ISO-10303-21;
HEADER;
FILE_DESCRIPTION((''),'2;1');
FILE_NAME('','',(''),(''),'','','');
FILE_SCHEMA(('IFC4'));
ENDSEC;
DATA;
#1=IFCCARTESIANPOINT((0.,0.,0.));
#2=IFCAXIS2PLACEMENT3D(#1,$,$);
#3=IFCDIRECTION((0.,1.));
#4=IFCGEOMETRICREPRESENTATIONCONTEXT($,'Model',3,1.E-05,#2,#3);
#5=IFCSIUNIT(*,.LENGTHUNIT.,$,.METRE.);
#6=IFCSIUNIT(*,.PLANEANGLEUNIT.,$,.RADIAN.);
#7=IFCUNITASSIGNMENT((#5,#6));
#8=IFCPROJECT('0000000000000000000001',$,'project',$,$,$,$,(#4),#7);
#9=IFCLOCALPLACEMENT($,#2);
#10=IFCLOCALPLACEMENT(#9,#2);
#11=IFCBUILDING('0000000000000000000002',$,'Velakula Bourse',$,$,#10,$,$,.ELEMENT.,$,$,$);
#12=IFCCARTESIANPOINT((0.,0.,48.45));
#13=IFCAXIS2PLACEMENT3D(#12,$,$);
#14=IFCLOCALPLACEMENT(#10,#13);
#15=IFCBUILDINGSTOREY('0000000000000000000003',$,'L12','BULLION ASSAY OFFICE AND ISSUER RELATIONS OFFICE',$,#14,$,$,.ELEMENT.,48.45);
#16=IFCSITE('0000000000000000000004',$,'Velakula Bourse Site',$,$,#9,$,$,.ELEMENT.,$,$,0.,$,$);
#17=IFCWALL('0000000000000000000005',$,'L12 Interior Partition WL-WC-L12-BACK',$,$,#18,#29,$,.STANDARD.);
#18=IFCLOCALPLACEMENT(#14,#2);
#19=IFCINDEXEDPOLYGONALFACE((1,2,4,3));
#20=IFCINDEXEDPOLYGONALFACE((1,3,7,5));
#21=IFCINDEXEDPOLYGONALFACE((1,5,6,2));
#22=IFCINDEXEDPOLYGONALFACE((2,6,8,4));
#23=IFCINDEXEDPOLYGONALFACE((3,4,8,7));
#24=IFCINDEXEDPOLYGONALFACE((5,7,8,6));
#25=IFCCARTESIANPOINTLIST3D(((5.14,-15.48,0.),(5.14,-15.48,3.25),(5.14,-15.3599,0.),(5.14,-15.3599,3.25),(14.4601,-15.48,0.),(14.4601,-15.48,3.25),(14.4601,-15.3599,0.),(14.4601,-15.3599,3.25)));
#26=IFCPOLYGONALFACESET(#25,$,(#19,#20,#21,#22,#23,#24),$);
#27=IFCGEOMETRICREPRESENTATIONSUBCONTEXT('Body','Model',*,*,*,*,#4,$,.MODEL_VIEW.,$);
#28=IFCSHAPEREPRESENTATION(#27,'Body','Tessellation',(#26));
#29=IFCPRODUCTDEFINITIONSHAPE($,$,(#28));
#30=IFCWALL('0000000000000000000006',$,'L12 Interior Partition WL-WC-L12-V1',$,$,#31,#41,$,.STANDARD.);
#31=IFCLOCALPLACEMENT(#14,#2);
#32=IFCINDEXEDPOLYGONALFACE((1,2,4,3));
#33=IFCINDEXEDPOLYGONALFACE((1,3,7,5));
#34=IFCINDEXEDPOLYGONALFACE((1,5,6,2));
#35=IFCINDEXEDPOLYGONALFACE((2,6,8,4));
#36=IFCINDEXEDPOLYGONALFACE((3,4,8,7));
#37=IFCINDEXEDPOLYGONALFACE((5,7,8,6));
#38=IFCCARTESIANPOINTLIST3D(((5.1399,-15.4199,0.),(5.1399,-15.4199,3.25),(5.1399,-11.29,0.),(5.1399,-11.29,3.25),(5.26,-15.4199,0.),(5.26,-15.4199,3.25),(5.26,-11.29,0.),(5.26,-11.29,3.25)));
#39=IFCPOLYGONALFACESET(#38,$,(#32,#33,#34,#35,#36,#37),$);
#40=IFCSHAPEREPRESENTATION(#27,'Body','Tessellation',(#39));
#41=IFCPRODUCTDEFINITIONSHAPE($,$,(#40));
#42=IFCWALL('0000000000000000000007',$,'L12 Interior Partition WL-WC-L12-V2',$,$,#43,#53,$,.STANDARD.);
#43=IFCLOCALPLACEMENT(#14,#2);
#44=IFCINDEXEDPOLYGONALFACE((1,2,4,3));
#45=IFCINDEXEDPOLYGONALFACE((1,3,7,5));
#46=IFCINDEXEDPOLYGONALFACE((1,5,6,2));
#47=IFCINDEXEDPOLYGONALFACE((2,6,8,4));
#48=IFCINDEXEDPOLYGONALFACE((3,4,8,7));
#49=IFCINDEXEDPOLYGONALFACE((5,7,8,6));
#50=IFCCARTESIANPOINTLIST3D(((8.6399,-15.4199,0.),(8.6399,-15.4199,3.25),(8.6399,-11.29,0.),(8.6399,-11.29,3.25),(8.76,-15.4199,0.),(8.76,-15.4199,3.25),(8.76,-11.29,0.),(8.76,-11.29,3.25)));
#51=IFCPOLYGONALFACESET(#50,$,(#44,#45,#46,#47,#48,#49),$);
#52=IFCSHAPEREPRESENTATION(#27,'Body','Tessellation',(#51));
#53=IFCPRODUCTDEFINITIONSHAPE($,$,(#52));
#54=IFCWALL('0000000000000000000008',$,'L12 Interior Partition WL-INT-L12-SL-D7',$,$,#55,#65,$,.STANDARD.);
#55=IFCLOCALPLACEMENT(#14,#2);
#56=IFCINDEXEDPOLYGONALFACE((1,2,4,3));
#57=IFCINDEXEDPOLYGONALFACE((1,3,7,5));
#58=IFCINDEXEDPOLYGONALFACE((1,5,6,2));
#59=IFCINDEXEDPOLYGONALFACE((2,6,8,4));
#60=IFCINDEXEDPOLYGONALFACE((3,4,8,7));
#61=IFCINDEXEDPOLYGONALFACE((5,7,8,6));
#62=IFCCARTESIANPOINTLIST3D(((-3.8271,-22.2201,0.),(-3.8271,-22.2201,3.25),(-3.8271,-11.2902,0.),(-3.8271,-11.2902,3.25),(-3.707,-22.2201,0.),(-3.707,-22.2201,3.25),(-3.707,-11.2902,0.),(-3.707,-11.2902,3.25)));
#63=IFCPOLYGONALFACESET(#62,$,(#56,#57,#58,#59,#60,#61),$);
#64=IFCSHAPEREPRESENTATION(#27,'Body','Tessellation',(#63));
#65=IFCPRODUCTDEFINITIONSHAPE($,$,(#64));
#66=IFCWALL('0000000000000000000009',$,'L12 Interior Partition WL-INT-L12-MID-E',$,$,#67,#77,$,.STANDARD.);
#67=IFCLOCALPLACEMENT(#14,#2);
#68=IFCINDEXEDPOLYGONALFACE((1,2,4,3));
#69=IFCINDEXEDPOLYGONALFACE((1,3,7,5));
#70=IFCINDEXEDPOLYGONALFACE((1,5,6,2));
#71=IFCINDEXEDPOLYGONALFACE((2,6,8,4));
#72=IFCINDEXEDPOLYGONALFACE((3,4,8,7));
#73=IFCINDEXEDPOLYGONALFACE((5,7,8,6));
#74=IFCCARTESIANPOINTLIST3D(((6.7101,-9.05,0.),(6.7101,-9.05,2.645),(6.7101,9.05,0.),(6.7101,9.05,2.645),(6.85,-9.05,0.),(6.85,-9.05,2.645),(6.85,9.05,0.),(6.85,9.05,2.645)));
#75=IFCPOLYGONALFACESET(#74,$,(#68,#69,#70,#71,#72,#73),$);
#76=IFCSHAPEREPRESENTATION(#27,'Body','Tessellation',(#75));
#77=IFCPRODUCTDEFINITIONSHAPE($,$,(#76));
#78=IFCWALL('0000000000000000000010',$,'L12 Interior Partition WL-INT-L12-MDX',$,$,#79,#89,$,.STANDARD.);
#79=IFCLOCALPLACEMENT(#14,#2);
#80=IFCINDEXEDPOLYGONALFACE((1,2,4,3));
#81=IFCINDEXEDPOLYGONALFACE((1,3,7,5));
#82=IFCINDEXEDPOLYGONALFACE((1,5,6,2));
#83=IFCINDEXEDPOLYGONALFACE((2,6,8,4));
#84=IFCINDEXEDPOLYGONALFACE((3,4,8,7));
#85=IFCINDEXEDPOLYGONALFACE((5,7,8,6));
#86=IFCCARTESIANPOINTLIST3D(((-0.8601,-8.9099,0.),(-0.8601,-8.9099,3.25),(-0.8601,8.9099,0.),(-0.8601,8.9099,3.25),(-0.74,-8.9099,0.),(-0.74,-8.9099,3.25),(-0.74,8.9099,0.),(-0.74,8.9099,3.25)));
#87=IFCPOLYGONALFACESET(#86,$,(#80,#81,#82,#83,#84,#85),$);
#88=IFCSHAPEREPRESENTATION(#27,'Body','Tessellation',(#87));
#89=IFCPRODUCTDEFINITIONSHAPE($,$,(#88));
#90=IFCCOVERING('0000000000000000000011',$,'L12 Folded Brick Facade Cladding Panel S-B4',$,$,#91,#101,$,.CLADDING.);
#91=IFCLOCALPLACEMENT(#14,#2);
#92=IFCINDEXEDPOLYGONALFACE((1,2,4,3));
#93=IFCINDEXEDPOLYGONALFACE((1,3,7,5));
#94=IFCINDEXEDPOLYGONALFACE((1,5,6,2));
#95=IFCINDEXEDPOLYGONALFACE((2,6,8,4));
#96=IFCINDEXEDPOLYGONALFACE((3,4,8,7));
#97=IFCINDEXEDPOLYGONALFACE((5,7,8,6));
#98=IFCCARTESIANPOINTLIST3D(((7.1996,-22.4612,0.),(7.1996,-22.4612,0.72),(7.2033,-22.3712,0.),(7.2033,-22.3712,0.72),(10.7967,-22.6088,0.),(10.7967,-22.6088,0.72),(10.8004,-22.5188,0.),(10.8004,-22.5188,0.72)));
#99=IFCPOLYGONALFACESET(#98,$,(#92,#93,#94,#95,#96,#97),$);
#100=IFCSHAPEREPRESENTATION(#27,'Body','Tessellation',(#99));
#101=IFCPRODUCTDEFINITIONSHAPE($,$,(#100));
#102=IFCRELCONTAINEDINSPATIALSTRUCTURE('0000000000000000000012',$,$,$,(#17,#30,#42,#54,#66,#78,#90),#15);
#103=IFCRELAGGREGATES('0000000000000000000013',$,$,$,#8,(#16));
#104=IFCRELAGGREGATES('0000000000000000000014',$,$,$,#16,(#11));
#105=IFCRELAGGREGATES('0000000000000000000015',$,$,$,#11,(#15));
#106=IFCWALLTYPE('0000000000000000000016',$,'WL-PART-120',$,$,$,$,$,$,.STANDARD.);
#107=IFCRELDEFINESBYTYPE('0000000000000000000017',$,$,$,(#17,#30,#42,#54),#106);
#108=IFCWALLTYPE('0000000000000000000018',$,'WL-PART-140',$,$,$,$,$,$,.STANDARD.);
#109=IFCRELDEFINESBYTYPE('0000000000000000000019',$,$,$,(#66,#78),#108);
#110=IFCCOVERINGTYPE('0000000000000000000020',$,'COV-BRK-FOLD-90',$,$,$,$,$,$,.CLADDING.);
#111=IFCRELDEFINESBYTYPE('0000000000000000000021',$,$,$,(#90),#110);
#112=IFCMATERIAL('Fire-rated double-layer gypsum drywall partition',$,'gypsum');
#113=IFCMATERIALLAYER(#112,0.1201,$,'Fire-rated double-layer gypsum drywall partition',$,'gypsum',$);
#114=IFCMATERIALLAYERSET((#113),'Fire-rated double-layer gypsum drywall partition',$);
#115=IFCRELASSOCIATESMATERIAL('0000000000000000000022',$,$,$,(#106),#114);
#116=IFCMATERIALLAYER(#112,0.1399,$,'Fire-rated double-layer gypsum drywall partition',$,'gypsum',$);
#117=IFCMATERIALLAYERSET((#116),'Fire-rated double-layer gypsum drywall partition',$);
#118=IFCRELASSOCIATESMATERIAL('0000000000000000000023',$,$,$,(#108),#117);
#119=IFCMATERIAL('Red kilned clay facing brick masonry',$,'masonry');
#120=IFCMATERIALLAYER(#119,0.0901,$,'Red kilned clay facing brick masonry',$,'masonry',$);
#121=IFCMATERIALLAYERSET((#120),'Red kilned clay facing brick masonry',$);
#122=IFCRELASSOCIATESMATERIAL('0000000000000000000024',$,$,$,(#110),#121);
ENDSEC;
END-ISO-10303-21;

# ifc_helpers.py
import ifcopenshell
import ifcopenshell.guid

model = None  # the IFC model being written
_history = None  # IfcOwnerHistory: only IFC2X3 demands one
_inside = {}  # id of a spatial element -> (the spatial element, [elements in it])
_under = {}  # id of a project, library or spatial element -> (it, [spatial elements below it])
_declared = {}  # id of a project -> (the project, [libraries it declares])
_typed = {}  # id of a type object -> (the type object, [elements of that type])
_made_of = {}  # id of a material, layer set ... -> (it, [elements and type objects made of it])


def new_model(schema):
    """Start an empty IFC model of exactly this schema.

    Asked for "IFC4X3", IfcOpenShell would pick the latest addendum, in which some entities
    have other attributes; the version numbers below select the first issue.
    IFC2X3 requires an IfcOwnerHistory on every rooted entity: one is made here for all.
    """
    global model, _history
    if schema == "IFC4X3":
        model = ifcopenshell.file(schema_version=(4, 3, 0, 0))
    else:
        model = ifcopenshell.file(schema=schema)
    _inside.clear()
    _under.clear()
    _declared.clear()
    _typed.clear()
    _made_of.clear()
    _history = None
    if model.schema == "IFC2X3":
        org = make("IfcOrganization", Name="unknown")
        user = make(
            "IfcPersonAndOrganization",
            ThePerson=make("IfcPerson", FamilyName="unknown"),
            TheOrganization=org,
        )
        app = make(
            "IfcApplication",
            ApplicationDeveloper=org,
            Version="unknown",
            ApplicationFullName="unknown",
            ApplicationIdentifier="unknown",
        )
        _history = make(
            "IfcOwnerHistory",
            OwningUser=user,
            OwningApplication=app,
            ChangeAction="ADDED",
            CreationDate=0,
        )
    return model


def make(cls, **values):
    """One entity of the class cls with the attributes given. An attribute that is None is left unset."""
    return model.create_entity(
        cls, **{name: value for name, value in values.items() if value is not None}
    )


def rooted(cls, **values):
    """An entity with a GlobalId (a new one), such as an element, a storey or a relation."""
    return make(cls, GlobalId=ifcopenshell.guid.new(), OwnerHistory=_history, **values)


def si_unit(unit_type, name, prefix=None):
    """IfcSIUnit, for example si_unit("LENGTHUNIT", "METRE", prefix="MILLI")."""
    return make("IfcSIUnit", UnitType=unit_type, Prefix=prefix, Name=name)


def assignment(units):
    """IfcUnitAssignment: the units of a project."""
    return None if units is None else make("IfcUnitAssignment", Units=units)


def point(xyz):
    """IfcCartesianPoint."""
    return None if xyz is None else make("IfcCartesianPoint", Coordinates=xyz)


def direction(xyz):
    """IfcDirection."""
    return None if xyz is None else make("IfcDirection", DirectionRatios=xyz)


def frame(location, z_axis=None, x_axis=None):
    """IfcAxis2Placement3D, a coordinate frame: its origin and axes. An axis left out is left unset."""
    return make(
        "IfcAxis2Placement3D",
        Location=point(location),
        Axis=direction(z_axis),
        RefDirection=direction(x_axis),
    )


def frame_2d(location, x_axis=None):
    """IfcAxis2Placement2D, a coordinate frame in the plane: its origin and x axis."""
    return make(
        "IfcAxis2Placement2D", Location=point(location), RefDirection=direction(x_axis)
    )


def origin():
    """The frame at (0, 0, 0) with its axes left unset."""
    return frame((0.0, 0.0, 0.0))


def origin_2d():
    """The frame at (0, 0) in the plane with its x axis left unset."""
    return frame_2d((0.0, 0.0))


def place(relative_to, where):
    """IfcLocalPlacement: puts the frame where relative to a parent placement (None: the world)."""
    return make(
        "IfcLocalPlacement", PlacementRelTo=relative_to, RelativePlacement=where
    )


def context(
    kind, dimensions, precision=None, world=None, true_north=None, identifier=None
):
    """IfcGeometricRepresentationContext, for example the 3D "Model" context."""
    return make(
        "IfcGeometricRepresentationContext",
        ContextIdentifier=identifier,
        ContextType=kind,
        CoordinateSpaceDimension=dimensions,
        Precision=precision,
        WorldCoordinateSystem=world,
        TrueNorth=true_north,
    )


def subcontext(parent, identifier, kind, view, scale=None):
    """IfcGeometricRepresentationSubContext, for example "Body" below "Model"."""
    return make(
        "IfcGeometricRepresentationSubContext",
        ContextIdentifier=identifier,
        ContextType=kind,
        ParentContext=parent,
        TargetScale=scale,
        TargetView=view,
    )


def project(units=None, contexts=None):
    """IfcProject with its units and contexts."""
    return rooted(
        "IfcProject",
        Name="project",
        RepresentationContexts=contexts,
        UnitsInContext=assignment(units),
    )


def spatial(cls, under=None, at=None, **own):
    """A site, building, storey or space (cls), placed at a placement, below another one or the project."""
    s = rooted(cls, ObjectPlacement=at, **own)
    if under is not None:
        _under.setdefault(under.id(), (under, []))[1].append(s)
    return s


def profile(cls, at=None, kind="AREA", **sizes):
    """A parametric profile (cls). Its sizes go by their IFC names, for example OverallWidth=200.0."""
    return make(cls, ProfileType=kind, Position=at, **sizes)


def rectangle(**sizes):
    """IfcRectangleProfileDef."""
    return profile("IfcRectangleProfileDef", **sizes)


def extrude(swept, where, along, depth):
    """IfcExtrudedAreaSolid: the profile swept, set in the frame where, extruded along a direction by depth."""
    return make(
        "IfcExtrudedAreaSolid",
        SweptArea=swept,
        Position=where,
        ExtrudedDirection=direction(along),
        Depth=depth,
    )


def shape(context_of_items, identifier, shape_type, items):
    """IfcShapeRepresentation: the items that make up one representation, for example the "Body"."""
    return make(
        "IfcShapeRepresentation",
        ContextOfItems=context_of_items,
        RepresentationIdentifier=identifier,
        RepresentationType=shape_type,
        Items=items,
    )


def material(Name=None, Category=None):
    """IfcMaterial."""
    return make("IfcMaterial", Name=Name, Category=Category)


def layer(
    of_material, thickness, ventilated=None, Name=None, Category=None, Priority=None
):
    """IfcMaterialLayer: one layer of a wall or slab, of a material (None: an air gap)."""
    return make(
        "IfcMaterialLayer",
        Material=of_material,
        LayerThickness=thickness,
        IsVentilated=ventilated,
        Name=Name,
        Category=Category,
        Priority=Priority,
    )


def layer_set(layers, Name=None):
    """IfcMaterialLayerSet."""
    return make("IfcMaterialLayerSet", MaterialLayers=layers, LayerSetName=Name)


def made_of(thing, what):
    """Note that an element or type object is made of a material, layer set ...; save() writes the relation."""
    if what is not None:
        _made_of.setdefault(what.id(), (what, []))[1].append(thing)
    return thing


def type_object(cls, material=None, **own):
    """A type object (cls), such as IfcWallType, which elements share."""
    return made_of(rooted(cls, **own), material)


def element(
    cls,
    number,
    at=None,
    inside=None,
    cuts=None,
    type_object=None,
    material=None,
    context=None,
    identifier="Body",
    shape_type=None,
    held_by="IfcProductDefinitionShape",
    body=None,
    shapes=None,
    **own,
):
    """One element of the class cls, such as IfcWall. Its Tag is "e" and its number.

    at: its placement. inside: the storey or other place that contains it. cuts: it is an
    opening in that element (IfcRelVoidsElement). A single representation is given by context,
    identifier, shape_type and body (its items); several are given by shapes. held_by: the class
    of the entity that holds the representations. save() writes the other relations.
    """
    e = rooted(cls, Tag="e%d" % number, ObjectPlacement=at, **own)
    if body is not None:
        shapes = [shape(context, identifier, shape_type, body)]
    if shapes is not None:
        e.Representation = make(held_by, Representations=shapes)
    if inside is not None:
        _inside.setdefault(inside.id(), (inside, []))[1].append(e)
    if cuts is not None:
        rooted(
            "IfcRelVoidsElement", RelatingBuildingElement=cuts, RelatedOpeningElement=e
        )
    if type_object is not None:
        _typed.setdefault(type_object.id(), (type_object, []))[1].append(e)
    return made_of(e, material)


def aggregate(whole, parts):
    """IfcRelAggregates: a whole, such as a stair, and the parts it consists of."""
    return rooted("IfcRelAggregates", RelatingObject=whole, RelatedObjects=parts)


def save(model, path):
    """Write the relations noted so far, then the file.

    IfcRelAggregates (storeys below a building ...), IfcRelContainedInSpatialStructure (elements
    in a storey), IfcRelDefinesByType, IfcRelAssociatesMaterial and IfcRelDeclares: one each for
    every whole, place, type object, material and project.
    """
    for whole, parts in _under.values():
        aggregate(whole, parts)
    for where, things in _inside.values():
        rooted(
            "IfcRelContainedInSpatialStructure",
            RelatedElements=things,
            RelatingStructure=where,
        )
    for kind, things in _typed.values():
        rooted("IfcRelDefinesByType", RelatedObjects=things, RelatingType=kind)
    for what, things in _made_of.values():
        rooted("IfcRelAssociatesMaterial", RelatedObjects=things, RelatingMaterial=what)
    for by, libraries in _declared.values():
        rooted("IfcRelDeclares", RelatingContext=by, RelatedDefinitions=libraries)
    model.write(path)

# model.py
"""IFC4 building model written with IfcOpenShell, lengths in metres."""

from ifc_helpers import new_model, si_unit, direction, frame, frame_2d, origin, origin_2d, place, context, subcontext, project, spatial, rectangle, extrude, material, layer, layer_set, type_object, element, save


model = new_model("IFC4")

# Units and contexts
model_context = context("Model", 3, precision=1e-05, world=origin(), true_north=direction((0.0, 1.0)))
body_context = subcontext(model_context, "Body", "Model", "MODEL_VIEW")
ifc_project = project(units=[si_unit("LENGTHUNIT", "METRE"), si_unit("PLANEANGLEUNIT", "RADIAN")], contexts=[model_context])

# Site, building, storey
site_placement = place(None, origin())
site = spatial("IfcSite", under=ifc_project, at=site_placement, Name="Velakula Bourse Site", CompositionType="ELEMENT", RefElevation=0.0)
building_placement = place(site_placement, origin())
building = spatial("IfcBuilding", under=site, at=building_placement, Name="Velakula Bourse", CompositionType="ELEMENT")
storey_placement = place(building_placement, frame((0.0, 0.0, 48.45)))
storey = spatial("IfcBuildingStorey", under=building, at=storey_placement, Name="L12", Description="BULLION ASSAY OFFICE AND ISSUER RELATIONS OFFICE", CompositionType="ELEMENT", Elevation=48.45)

# Shared definitions
ifc_material_1 = material(Name="Red kilned clay facing brick masonry", Category="masonry")

# Walls
ifc_material_2 = material(Name="Fire-rated double-layer gypsum drywall partition", Category="gypsum")
ifc_layer_1 = layer(ifc_material_2, 0.1201, Name="Fire-rated double-layer gypsum drywall partition", Category="gypsum")
ifc_layer_set_1 = layer_set([ifc_layer_1], Name="Fire-rated double-layer gypsum drywall partition")
wall_type_1 = type_object("IfcWallType", Name="WL-PART-120", PredefinedType="STANDARD", material=ifc_layer_set_1)
wall_1_placement = place(storey_placement, frame((5.1399, -15.4199, 0.0), z_axis=(0.0, 0.0, 1.0), x_axis=(1.0, 0.0, 0.0)))
element("IfcWall", 1, at=wall_1_placement, inside=storey, type_object=wall_type_1, Name="L12 Interior Partition WL-WC-L12-BACK", PredefinedType="STANDARD", context=body_context, shape_type="SweptSolid", body=[
    extrude(rectangle(XDim=9.3201, YDim=0.1201, at=frame_2d((4.6602, 0.0))), origin(), (0.0, 0.0, 1.0), 3.25),
])
for number, where, z_axis, x_axis, name in (
    (2, (5.2, -15.4199, 0.0), (0.0, 0.0, 1.0), (0.0, 1.0, 0.0), "L12 Interior Partition WL-WC-L12-V1"),
    (3, (8.7, -15.4199, 0.0), (0.0, 0.0, 1.0), (0.0, 1.0, 0.0), "L12 Interior Partition WL-WC-L12-V2"),
):
    element("IfcWall", number, at=place(storey_placement, frame(where, z_axis=z_axis, x_axis=x_axis)), inside=storey, type_object=wall_type_1, Name=name, PredefinedType="STANDARD", context=body_context, shape_type="SweptSolid", body=[
        extrude(rectangle(XDim=4.1299, YDim=0.1201, at=frame_2d((2.0649, 0.0))), origin(), (0.0, 0.0, 1.0), 3.25),
    ])
wall_2_placement = place(storey_placement, frame((-3.7671, -22.22, 0.0), z_axis=(0.0, 0.0, 1.0), x_axis=(0.0, 1.0, 0.0)))
element("IfcWall", 4, at=wall_2_placement, inside=storey, type_object=wall_type_1, Name="L12 Interior Partition WL-INT-L12-SL-D7", PredefinedType="STANDARD", context=body_context, shape_type="SweptSolid", body=[
    extrude(rectangle(XDim=10.9299, YDim=0.1201, at=frame_2d((5.4648, 0.0))), origin(), (0.0, 0.0, 1.0), 3.25),
])
ifc_layer_2 = layer(ifc_material_2, 0.1399, Name="Fire-rated double-layer gypsum drywall partition", Category="gypsum")
ifc_layer_set_2 = layer_set([ifc_layer_2], Name="Fire-rated double-layer gypsum drywall partition")
wall_type_2 = type_object("IfcWallType", Name="WL-PART-140", PredefinedType="STANDARD", material=ifc_layer_set_2)
wall_3_placement = place(storey_placement, frame((6.78, -9.05, 0.0), z_axis=(0.0, 0.0, 1.0), x_axis=(0.0, 1.0, 0.0)))
element("IfcWall", 5, at=wall_3_placement, inside=storey, type_object=wall_type_2, Name="L12 Interior Partition WL-INT-L12-MID-E", PredefinedType="STANDARD", context=body_context, shape_type="SweptSolid", body=[
    extrude(rectangle(XDim=18.1001, YDim=0.1399, at=frame_2d((9.05, 0.0))), origin(), (0.0, 0.0, 1.0), 2.645),
])
wall_4_placement = place(storey_placement, frame((-0.8, -8.9099, 0.0), z_axis=(0.0, 0.0, 1.0), x_axis=(0.0, 1.0, 0.0)))
element("IfcWall", 6, at=wall_4_placement, inside=storey, type_object=wall_type_2, Name="L12 Interior Partition WL-INT-L12-MDX", PredefinedType="STANDARD", context=body_context, shape_type="SweptSolid", body=[
    extrude(rectangle(XDim=17.8198, YDim=0.1201, at=frame_2d((8.9099, 0.0))), origin(), (0.0, 0.0, 1.0), 3.25),
])

# Covering
ifc_layer_3 = layer(ifc_material_1, 0.0901, Name="Red kilned clay facing brick masonry", Category="masonry")
ifc_layer_set_3 = layer_set([ifc_layer_3], Name="Red kilned clay facing brick masonry")
covering_type = type_object("IfcCoveringType", Name="COV-BRK-FOLD-90", PredefinedType="CLADDING", material=ifc_layer_set_3)
covering_placement = place(storey_placement, frame((9.0, -22.49, 0.0), z_axis=(0.0, 0.0, 1.0), x_axis=(0.999159, -0.041004, 0.0)))
element("IfcCovering", 7, at=covering_placement, inside=storey, type_object=covering_type, Name="L12 Folded Brick Facade Cladding Panel S-B4", PredefinedType="CLADDING", context=body_context, shape_type="SweptSolid", body=[
    extrude(rectangle(XDim=3.6001, YDim=0.0901, at=origin_2d()), origin(), (0.0, 0.0, 1.0), 0.72),
])

save(model, "model.ifc")
